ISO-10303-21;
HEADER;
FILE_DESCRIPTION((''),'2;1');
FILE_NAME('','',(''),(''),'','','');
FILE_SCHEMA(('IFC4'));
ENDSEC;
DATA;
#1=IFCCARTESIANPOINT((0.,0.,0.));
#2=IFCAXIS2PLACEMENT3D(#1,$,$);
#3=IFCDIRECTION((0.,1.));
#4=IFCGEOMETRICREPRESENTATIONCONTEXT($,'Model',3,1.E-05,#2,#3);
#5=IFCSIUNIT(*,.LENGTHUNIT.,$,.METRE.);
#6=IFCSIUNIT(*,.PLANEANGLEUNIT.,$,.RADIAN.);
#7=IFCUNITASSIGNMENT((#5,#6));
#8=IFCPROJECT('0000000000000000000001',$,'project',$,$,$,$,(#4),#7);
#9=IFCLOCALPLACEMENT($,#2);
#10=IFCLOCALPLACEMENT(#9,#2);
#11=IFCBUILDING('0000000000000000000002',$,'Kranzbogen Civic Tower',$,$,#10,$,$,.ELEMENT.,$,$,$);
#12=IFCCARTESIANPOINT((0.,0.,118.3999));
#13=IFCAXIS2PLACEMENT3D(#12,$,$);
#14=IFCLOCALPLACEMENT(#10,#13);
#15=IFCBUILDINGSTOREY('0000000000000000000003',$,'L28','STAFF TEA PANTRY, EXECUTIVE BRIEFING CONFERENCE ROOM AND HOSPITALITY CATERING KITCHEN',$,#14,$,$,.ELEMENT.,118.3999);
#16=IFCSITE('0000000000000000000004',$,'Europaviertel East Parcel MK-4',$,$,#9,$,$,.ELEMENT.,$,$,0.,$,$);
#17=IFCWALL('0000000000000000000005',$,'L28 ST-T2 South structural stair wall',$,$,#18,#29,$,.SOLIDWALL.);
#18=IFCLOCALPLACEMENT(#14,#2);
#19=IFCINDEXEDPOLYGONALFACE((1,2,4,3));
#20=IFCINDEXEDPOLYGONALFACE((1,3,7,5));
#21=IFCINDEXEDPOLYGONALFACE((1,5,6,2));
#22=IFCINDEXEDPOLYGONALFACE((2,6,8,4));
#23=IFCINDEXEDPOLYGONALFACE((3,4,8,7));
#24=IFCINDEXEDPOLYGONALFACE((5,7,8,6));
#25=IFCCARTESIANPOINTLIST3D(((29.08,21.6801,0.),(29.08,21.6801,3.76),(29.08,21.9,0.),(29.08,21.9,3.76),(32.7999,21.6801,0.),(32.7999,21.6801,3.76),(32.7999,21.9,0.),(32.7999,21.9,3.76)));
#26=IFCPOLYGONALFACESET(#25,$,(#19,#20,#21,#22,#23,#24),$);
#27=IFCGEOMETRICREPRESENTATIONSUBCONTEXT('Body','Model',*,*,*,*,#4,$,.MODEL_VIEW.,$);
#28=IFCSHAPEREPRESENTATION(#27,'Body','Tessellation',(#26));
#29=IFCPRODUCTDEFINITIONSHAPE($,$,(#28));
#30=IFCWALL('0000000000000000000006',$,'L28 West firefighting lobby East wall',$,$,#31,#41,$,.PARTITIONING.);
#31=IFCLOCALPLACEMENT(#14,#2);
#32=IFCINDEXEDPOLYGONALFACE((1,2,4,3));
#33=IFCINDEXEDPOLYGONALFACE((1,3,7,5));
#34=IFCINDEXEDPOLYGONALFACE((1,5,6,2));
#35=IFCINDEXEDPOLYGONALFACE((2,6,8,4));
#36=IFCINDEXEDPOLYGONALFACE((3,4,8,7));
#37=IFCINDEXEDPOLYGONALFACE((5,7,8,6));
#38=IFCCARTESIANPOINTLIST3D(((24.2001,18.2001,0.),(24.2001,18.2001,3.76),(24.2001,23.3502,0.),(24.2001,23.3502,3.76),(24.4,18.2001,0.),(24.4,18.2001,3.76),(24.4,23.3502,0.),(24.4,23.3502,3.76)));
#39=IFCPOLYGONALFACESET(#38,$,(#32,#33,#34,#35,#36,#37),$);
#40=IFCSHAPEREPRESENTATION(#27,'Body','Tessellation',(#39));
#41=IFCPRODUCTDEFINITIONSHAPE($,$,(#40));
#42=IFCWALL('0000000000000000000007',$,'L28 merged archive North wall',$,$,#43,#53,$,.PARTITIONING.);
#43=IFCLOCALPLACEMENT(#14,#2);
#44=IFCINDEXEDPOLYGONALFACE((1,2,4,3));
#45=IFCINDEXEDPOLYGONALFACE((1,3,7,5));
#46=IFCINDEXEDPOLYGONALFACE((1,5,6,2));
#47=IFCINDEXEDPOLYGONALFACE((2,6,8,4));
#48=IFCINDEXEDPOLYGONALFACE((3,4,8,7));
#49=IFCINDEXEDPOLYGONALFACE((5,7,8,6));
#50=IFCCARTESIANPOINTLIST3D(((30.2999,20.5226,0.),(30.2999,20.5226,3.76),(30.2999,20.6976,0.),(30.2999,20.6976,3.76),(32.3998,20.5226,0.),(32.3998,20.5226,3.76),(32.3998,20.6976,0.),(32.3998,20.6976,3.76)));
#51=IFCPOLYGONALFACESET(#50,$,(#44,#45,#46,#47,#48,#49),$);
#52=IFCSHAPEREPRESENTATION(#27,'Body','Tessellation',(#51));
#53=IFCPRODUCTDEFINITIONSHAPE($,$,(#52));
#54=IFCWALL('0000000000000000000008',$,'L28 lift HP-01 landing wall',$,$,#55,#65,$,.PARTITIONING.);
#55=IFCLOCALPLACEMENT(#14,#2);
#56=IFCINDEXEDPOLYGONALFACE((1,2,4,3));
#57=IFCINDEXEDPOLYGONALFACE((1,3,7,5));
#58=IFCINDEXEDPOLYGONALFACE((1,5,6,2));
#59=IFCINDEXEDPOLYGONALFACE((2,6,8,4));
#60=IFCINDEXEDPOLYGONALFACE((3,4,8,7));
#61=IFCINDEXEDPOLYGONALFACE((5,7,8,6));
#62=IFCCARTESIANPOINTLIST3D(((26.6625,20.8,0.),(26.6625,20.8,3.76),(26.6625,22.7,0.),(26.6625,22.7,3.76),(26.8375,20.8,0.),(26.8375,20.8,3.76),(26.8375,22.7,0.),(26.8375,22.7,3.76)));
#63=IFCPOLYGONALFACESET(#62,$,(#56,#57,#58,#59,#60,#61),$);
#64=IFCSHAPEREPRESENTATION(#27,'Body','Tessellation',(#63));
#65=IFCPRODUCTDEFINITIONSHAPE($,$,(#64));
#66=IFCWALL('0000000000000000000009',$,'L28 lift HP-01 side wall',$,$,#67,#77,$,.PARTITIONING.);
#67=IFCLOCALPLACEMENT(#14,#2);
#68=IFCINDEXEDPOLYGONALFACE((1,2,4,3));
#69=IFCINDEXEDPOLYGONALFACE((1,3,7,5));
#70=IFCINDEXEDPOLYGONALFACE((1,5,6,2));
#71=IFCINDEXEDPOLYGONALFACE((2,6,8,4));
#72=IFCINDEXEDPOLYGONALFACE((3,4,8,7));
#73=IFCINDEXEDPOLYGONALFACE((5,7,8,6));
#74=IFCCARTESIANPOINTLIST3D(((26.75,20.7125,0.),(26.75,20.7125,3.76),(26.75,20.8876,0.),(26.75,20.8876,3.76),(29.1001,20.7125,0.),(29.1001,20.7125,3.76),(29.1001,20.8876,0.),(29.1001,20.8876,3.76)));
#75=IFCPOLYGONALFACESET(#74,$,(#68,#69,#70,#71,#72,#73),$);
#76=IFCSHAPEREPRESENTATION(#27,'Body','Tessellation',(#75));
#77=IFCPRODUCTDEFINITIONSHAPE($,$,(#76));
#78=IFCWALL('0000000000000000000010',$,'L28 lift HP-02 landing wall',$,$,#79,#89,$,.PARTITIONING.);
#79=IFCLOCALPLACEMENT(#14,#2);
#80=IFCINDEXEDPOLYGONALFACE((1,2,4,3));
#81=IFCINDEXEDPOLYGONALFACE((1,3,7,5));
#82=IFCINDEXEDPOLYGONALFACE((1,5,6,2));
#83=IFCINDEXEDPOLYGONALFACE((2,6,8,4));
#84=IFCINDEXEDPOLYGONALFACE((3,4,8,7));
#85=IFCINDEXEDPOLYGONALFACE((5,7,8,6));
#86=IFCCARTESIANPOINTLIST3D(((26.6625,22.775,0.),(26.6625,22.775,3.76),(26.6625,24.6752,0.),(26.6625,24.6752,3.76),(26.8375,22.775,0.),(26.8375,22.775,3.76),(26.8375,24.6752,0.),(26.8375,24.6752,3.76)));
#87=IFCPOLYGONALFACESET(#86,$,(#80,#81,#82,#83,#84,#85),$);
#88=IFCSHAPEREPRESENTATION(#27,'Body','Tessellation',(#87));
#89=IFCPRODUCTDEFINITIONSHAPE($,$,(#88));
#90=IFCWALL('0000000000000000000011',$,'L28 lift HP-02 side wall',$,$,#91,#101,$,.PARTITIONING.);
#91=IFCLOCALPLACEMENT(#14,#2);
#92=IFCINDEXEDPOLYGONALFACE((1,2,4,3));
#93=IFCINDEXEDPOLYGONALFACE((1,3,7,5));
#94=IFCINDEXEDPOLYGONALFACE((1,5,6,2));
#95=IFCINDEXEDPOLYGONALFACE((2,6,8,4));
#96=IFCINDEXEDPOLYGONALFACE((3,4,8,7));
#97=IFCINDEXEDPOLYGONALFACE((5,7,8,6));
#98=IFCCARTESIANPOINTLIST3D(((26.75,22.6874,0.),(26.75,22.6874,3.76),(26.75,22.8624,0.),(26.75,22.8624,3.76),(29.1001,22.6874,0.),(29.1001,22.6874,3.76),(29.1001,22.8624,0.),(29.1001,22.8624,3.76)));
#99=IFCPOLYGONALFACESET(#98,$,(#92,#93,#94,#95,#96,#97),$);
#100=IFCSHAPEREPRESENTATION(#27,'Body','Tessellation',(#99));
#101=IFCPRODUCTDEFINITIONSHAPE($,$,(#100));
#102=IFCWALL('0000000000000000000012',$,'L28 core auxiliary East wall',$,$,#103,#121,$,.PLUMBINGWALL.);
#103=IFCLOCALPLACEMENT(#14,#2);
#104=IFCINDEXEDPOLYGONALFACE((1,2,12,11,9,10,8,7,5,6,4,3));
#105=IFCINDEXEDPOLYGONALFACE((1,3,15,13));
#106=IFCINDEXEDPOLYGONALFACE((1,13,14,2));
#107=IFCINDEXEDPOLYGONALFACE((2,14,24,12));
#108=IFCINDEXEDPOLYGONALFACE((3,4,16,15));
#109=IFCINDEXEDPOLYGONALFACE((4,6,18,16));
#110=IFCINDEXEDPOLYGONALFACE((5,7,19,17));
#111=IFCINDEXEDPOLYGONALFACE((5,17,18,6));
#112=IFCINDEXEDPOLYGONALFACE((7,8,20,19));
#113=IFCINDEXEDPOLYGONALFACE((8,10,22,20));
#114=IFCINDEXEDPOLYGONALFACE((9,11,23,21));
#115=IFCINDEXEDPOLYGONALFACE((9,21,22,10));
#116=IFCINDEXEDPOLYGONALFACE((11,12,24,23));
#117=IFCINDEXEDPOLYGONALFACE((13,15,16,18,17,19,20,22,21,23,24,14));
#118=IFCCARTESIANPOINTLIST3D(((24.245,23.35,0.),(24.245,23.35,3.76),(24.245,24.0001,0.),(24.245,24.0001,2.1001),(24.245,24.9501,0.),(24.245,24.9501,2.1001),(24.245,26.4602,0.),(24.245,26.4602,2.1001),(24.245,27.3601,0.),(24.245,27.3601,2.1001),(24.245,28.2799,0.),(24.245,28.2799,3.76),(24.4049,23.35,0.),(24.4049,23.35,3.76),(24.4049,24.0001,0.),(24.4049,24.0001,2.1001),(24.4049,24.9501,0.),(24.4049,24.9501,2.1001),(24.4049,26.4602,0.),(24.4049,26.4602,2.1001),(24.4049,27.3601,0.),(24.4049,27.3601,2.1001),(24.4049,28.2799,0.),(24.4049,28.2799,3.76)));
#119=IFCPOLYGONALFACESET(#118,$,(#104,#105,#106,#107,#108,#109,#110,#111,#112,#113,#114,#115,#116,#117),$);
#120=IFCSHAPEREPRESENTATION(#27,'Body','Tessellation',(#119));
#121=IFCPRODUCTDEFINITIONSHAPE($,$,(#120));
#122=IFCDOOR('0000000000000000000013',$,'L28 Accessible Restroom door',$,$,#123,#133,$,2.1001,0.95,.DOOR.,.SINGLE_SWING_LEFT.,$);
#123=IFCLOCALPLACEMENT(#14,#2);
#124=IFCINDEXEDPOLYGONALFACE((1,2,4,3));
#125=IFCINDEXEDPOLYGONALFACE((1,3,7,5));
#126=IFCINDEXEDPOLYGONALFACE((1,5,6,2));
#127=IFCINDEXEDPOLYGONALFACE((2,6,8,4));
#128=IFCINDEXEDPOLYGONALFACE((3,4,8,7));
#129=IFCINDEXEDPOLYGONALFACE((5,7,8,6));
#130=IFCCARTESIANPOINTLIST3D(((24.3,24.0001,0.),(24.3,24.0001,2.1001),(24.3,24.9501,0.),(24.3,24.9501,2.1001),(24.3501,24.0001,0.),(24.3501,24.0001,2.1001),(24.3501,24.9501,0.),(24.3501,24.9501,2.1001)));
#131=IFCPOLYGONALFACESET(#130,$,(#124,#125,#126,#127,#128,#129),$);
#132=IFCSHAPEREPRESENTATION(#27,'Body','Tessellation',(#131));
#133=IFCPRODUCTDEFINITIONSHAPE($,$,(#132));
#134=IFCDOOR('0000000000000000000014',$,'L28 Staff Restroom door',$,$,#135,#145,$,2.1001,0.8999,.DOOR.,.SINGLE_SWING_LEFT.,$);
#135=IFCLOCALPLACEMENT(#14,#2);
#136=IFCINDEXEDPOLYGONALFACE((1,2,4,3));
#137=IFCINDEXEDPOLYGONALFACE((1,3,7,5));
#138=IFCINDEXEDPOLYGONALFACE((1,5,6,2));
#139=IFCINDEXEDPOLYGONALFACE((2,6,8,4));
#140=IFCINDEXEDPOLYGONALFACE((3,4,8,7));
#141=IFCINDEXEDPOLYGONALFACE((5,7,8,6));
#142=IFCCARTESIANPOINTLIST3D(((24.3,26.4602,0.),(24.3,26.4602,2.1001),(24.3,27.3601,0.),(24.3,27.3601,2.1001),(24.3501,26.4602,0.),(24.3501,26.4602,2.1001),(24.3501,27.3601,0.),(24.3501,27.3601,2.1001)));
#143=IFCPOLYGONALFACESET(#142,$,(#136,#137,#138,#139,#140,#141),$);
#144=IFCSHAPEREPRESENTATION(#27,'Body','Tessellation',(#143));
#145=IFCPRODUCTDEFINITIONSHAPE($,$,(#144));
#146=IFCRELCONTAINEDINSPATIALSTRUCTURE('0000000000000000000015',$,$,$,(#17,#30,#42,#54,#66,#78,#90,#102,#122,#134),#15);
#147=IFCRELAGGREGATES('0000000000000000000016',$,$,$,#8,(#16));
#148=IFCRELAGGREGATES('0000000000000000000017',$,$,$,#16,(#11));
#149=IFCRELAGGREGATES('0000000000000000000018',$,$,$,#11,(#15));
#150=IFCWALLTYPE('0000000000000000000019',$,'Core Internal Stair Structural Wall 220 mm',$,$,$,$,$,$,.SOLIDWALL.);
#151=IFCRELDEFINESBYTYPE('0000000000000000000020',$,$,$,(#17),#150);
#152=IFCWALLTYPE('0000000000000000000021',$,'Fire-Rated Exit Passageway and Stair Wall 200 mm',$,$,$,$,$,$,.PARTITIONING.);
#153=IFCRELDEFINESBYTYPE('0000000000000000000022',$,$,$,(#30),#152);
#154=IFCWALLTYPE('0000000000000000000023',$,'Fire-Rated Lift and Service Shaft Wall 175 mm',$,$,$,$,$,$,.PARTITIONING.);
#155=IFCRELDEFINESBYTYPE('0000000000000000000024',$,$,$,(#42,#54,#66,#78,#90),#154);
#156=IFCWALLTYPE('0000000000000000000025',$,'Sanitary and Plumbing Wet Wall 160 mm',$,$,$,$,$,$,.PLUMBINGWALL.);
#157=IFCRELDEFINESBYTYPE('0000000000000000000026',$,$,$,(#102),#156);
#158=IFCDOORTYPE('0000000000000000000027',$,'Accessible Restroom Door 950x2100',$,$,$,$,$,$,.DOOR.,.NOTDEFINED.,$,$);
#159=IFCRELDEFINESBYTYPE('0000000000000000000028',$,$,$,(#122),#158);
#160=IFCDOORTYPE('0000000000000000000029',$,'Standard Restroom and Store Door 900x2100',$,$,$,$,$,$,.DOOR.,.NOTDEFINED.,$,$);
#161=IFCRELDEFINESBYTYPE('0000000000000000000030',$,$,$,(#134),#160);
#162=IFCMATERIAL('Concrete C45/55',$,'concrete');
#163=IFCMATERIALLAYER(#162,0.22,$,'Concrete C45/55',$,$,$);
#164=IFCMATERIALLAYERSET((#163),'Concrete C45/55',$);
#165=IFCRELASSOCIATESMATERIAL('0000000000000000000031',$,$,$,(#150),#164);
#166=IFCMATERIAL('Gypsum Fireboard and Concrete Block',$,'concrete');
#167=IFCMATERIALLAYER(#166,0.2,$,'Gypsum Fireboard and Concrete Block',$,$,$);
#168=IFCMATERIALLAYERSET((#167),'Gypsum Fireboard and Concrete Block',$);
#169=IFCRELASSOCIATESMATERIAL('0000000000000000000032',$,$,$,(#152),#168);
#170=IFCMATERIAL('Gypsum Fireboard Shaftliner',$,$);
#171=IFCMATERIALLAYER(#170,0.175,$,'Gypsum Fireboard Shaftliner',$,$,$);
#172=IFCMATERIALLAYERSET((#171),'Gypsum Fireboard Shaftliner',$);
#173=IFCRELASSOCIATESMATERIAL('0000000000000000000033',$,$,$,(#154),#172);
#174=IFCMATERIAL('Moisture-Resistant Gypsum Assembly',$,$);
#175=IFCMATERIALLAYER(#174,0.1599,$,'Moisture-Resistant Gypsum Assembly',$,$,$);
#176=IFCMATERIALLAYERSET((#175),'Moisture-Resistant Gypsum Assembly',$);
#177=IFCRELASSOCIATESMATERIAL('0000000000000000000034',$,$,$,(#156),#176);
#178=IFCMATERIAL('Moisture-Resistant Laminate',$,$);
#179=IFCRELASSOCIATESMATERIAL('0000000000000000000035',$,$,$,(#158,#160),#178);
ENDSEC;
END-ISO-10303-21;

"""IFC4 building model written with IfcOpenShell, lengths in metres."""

from ifc_helpers import new_model, si_unit, direction, frame, frame_2d, origin, place, context, subcontext, project, spatial, rectangle, extrude, material, layer, layer_set, type_object, element, fill, save


model = new_model("IFC4")

# Units and contexts
model_context = context("Model", 3, precision=1e-05, world=origin(), true_north=direction((0.0, 1.0)))
body_context = subcontext(model_context, "Body", "Model", "MODEL_VIEW")
ifc_project = project(units=[si_unit("LENGTHUNIT", "METRE"), si_unit("PLANEANGLEUNIT", "RADIAN")], contexts=[model_context])

# Site, building, storey
site_placement = place(None, origin())
site = spatial("IfcSite", under=ifc_project, at=site_placement, Name="Europaviertel East Parcel MK-4", CompositionType="ELEMENT", RefElevation=0.0)
building_placement = place(site_placement, origin())
building = spatial("IfcBuilding", under=site, at=building_placement, Name="Kranzbogen Civic Tower", CompositionType="ELEMENT")
storey_placement = place(building_placement, frame((0.0, 0.0, 118.3999)))
storey = spatial("IfcBuildingStorey", under=building, at=storey_placement, Name="L28", Description="STAFF TEA PANTRY, EXECUTIVE BRIEFING CONFERENCE ROOM AND HOSPITALITY CATERING KITCHEN", CompositionType="ELEMENT", Elevation=118.3999)

# Shared definitions
ifc_material_1 = material(Name="Concrete C45/55", Category="concrete")
ifc_layer_1 = layer(ifc_material_1, 0.22, Name="Concrete C45/55")
ifc_layer_set_1 = layer_set([ifc_layer_1], Name="Concrete C45/55")
wall_type_1 = type_object("IfcWallType", Name="Core Internal Stair Structural Wall 220 mm", PredefinedType="SOLIDWALL", material=ifc_layer_set_1)

# Walls
wall_1_placement = place(storey_placement, frame((29.0801, 21.79, 0.0), z_axis=(0.0, 0.0, 1.0), x_axis=(1.0, 0.0, 0.0)))
element("IfcWall", 1, at=wall_1_placement, inside=storey, type_object=wall_type_1, Name="L28 ST-T2 South structural stair wall", PredefinedType="SOLIDWALL", context=body_context, shape_type="SweptSolid", body=[
    extrude(rectangle(XDim=3.72, YDim=0.22, at=frame_2d((1.8599, 0.0))), origin(), (0.0, 0.0, 1.0), 3.76),
])
ifc_material_2 = material(Name="Gypsum Fireboard and Concrete Block", Category="concrete")
ifc_layer_2 = layer(ifc_material_2, 0.2, Name="Gypsum Fireboard and Concrete Block")
ifc_layer_set_2 = layer_set([ifc_layer_2], Name="Gypsum Fireboard and Concrete Block")
wall_type_2 = type_object("IfcWallType", Name="Fire-Rated Exit Passageway and Stair Wall 200 mm", PredefinedType="PARTITIONING", material=ifc_layer_set_2)
wall_2_placement = place(storey_placement, frame((24.3, 18.2, 0.0), z_axis=(0.0, 0.0, 1.0), x_axis=(0.0, 1.0, 0.0)))
element("IfcWall", 2, at=wall_2_placement, inside=storey, type_object=wall_type_2, Name="L28 West firefighting lobby East wall", PredefinedType="PARTITIONING", context=body_context, shape_type="SweptSolid", body=[
    extrude(rectangle(XDim=5.1501, YDim=0.2, at=frame_2d((2.5752, 0.0))), origin(), (0.0, 0.0, 1.0), 3.76),
])
ifc_material_3 = material(Name="Gypsum Fireboard Shaftliner")
ifc_layer_3 = layer(ifc_material_3, 0.175, Name="Gypsum Fireboard Shaftliner")
ifc_layer_set_3 = layer_set([ifc_layer_3], Name="Gypsum Fireboard Shaftliner")
wall_type_3 = type_object("IfcWallType", Name="Fire-Rated Lift and Service Shaft Wall 175 mm", PredefinedType="PARTITIONING", material=ifc_layer_set_3)
wall_3_placement = place(storey_placement, frame((30.3, 20.6101, 0.0), z_axis=(0.0, 0.0, 1.0), x_axis=(1.0, 0.0, 0.0)))
element("IfcWall", 3, at=wall_3_placement, inside=storey, type_object=wall_type_3, Name="L28 merged archive North wall", PredefinedType="PARTITIONING", context=body_context, shape_type="SweptSolid", body=[
    extrude(rectangle(XDim=2.0999, YDim=0.175, at=frame_2d((1.0498, 0.0))), origin(), (0.0, 0.0, 1.0), 3.76),
])
wall_4_placement = place(storey_placement, frame((26.75, 20.8, 0.0), z_axis=(0.0, 0.0, 1.0), x_axis=(0.0, 1.0, 0.0)))
element("IfcWall", 4, at=wall_4_placement, inside=storey, type_object=wall_type_3, Name="L28 lift HP-01 landing wall", PredefinedType="PARTITIONING", context=body_context, shape_type="SweptSolid", body=[
    extrude(rectangle(XDim=1.8999, YDim=0.175, at=frame_2d((0.95, 0.0))), origin(), (0.0, 0.0, 1.0), 3.76),
])
wall_5_placement = place(storey_placement, frame((26.75, 20.8, 0.0), z_axis=(0.0, 0.0, 1.0), x_axis=(1.0, 0.0, 0.0)))
element("IfcWall", 5, at=wall_5_placement, inside=storey, type_object=wall_type_3, Name="L28 lift HP-01 side wall", PredefinedType="PARTITIONING", context=body_context, shape_type="SweptSolid", body=[
    extrude(rectangle(XDim=2.3501, YDim=0.175, at=frame_2d((1.175, 0.0))), origin(), (0.0, 0.0, 1.0), 3.76),
])
wall_6_placement = place(storey_placement, frame((26.75, 22.7749, 0.0), z_axis=(0.0, 0.0, 1.0), x_axis=(0.0, 1.0, 0.0)))
element("IfcWall", 6, at=wall_6_placement, inside=storey, type_object=wall_type_3, Name="L28 lift HP-02 landing wall", PredefinedType="PARTITIONING", context=body_context, shape_type="SweptSolid", body=[
    extrude(rectangle(XDim=1.9001, YDim=0.175, at=frame_2d((0.9502, 0.0))), origin(), (0.0, 0.0, 1.0), 3.76),
])
wall_7_placement = place(storey_placement, frame((26.75, 22.7749, 0.0), z_axis=(0.0, 0.0, 1.0), x_axis=(1.0, 0.0, 0.0)))
element("IfcWall", 7, at=wall_7_placement, inside=storey, type_object=wall_type_3, Name="L28 lift HP-02 side wall", PredefinedType="PARTITIONING", context=body_context, shape_type="SweptSolid", body=[
    extrude(rectangle(XDim=2.3501, YDim=0.175, at=frame_2d((1.175, 0.0))), origin(), (0.0, 0.0, 1.0), 3.76),
])

# Wall, openings, doors
ifc_material_4 = material(Name="Moisture-Resistant Gypsum Assembly")
ifc_layer_4 = layer(ifc_material_4, 0.1599, Name="Moisture-Resistant Gypsum Assembly")
ifc_layer_set_4 = layer_set([ifc_layer_4], Name="Moisture-Resistant Gypsum Assembly")
wall_type_4 = type_object("IfcWallType", Name="Sanitary and Plumbing Wet Wall 160 mm", PredefinedType="PLUMBINGWALL", material=ifc_layer_set_4)
wall_8_placement = place(storey_placement, frame((24.325, 23.3501, 0.0), z_axis=(0.0, 0.0, 1.0), x_axis=(0.0, 1.0, 0.0)))
wall_8 = element("IfcWall", 8, at=wall_8_placement, inside=storey, type_object=wall_type_4, Name="L28 core auxiliary East wall", PredefinedType="PLUMBINGWALL", context=body_context, shape_type="SweptSolid", body=[
    extrude(rectangle(XDim=4.9299, YDim=0.1599, at=frame_2d((2.4648, 0.0))), origin(), (0.0, 0.0, 1.0), 3.76),
])
opening_1_placement = place(wall_8_placement, frame((0.6499, 0.0, 0.0)))
opening_1 = element("IfcOpeningElement", 9, at=opening_1_placement, cuts=wall_8, PredefinedType="OPENING", context=body_context, shape_type="SweptSolid", body=[
    extrude(rectangle(XDim=0.95, YDim=2.1001, at=frame_2d((0.4751, 1.05))), frame((0.0, 0.0898, 0.0), z_axis=(0.0, -1.0, 0.0), x_axis=(1.0, 0.0, 0.0)), (0.0, 0.0, 1.0), 0.1799),
])
opening_2_placement = place(wall_8_placement, frame((3.1101, 0.0, 0.0)))
opening_2 = element("IfcOpeningElement", 10, at=opening_2_placement, cuts=wall_8, PredefinedType="OPENING", context=body_context, shape_type="SweptSolid", body=[
    extrude(rectangle(XDim=0.8999, YDim=2.1001, at=frame_2d((0.45, 1.05))), frame((0.0, 0.0898, 0.0), z_axis=(0.0, -1.0, 0.0), x_axis=(1.0, 0.0, 0.0)), (0.0, 0.0, 1.0), 0.1799),
])
ifc_material_5 = material(Name="Moisture-Resistant Laminate")
door_type_1 = type_object("IfcDoorType", Name="Accessible Restroom Door 950x2100", OperationType="NOTDEFINED", PredefinedType="DOOR", material=ifc_material_5)
door_1_placement = place(opening_1_placement, origin())
door_1 = element("IfcDoor", 11, at=door_1_placement, inside=storey, type_object=door_type_1, Name="L28 Accessible Restroom door", OperationType="SINGLE_SWING_LEFT", OverallHeight=2.1001, OverallWidth=0.95, PredefinedType="DOOR", context=body_context, shape_type="SweptSolid", body=[
    extrude(rectangle(XDim=0.95, YDim=2.1001, at=frame_2d((0.4751, 1.05))), frame((0.0, 0.0249, 0.0), z_axis=(0.0, -1.0, 0.0), x_axis=(1.0, 0.0, 0.0)), (0.0, 0.0, 1.0), 0.05),
])
fill(opening_1, door_1)
door_type_2 = type_object("IfcDoorType", Name="Standard Restroom and Store Door 900x2100", OperationType="NOTDEFINED", PredefinedType="DOOR", material=ifc_material_5)
door_2_placement = place(opening_2_placement, origin())
door_2 = element("IfcDoor", 12, at=door_2_placement, inside=storey, type_object=door_type_2, Name="L28 Staff Restroom door", OperationType="SINGLE_SWING_LEFT", OverallHeight=2.1001, OverallWidth=0.8999, PredefinedType="DOOR", context=body_context, shape_type="SweptSolid", body=[
    extrude(rectangle(XDim=0.8999, YDim=2.1001, at=frame_2d((0.45, 1.05))), frame((0.0, 0.0249, 0.0), z_axis=(0.0, -1.0, 0.0), x_axis=(1.0, 0.0, 0.0)), (0.0, 0.0, 1.0), 0.05),
])
fill(opening_2, door_2)

save(model, "model.ifc")
